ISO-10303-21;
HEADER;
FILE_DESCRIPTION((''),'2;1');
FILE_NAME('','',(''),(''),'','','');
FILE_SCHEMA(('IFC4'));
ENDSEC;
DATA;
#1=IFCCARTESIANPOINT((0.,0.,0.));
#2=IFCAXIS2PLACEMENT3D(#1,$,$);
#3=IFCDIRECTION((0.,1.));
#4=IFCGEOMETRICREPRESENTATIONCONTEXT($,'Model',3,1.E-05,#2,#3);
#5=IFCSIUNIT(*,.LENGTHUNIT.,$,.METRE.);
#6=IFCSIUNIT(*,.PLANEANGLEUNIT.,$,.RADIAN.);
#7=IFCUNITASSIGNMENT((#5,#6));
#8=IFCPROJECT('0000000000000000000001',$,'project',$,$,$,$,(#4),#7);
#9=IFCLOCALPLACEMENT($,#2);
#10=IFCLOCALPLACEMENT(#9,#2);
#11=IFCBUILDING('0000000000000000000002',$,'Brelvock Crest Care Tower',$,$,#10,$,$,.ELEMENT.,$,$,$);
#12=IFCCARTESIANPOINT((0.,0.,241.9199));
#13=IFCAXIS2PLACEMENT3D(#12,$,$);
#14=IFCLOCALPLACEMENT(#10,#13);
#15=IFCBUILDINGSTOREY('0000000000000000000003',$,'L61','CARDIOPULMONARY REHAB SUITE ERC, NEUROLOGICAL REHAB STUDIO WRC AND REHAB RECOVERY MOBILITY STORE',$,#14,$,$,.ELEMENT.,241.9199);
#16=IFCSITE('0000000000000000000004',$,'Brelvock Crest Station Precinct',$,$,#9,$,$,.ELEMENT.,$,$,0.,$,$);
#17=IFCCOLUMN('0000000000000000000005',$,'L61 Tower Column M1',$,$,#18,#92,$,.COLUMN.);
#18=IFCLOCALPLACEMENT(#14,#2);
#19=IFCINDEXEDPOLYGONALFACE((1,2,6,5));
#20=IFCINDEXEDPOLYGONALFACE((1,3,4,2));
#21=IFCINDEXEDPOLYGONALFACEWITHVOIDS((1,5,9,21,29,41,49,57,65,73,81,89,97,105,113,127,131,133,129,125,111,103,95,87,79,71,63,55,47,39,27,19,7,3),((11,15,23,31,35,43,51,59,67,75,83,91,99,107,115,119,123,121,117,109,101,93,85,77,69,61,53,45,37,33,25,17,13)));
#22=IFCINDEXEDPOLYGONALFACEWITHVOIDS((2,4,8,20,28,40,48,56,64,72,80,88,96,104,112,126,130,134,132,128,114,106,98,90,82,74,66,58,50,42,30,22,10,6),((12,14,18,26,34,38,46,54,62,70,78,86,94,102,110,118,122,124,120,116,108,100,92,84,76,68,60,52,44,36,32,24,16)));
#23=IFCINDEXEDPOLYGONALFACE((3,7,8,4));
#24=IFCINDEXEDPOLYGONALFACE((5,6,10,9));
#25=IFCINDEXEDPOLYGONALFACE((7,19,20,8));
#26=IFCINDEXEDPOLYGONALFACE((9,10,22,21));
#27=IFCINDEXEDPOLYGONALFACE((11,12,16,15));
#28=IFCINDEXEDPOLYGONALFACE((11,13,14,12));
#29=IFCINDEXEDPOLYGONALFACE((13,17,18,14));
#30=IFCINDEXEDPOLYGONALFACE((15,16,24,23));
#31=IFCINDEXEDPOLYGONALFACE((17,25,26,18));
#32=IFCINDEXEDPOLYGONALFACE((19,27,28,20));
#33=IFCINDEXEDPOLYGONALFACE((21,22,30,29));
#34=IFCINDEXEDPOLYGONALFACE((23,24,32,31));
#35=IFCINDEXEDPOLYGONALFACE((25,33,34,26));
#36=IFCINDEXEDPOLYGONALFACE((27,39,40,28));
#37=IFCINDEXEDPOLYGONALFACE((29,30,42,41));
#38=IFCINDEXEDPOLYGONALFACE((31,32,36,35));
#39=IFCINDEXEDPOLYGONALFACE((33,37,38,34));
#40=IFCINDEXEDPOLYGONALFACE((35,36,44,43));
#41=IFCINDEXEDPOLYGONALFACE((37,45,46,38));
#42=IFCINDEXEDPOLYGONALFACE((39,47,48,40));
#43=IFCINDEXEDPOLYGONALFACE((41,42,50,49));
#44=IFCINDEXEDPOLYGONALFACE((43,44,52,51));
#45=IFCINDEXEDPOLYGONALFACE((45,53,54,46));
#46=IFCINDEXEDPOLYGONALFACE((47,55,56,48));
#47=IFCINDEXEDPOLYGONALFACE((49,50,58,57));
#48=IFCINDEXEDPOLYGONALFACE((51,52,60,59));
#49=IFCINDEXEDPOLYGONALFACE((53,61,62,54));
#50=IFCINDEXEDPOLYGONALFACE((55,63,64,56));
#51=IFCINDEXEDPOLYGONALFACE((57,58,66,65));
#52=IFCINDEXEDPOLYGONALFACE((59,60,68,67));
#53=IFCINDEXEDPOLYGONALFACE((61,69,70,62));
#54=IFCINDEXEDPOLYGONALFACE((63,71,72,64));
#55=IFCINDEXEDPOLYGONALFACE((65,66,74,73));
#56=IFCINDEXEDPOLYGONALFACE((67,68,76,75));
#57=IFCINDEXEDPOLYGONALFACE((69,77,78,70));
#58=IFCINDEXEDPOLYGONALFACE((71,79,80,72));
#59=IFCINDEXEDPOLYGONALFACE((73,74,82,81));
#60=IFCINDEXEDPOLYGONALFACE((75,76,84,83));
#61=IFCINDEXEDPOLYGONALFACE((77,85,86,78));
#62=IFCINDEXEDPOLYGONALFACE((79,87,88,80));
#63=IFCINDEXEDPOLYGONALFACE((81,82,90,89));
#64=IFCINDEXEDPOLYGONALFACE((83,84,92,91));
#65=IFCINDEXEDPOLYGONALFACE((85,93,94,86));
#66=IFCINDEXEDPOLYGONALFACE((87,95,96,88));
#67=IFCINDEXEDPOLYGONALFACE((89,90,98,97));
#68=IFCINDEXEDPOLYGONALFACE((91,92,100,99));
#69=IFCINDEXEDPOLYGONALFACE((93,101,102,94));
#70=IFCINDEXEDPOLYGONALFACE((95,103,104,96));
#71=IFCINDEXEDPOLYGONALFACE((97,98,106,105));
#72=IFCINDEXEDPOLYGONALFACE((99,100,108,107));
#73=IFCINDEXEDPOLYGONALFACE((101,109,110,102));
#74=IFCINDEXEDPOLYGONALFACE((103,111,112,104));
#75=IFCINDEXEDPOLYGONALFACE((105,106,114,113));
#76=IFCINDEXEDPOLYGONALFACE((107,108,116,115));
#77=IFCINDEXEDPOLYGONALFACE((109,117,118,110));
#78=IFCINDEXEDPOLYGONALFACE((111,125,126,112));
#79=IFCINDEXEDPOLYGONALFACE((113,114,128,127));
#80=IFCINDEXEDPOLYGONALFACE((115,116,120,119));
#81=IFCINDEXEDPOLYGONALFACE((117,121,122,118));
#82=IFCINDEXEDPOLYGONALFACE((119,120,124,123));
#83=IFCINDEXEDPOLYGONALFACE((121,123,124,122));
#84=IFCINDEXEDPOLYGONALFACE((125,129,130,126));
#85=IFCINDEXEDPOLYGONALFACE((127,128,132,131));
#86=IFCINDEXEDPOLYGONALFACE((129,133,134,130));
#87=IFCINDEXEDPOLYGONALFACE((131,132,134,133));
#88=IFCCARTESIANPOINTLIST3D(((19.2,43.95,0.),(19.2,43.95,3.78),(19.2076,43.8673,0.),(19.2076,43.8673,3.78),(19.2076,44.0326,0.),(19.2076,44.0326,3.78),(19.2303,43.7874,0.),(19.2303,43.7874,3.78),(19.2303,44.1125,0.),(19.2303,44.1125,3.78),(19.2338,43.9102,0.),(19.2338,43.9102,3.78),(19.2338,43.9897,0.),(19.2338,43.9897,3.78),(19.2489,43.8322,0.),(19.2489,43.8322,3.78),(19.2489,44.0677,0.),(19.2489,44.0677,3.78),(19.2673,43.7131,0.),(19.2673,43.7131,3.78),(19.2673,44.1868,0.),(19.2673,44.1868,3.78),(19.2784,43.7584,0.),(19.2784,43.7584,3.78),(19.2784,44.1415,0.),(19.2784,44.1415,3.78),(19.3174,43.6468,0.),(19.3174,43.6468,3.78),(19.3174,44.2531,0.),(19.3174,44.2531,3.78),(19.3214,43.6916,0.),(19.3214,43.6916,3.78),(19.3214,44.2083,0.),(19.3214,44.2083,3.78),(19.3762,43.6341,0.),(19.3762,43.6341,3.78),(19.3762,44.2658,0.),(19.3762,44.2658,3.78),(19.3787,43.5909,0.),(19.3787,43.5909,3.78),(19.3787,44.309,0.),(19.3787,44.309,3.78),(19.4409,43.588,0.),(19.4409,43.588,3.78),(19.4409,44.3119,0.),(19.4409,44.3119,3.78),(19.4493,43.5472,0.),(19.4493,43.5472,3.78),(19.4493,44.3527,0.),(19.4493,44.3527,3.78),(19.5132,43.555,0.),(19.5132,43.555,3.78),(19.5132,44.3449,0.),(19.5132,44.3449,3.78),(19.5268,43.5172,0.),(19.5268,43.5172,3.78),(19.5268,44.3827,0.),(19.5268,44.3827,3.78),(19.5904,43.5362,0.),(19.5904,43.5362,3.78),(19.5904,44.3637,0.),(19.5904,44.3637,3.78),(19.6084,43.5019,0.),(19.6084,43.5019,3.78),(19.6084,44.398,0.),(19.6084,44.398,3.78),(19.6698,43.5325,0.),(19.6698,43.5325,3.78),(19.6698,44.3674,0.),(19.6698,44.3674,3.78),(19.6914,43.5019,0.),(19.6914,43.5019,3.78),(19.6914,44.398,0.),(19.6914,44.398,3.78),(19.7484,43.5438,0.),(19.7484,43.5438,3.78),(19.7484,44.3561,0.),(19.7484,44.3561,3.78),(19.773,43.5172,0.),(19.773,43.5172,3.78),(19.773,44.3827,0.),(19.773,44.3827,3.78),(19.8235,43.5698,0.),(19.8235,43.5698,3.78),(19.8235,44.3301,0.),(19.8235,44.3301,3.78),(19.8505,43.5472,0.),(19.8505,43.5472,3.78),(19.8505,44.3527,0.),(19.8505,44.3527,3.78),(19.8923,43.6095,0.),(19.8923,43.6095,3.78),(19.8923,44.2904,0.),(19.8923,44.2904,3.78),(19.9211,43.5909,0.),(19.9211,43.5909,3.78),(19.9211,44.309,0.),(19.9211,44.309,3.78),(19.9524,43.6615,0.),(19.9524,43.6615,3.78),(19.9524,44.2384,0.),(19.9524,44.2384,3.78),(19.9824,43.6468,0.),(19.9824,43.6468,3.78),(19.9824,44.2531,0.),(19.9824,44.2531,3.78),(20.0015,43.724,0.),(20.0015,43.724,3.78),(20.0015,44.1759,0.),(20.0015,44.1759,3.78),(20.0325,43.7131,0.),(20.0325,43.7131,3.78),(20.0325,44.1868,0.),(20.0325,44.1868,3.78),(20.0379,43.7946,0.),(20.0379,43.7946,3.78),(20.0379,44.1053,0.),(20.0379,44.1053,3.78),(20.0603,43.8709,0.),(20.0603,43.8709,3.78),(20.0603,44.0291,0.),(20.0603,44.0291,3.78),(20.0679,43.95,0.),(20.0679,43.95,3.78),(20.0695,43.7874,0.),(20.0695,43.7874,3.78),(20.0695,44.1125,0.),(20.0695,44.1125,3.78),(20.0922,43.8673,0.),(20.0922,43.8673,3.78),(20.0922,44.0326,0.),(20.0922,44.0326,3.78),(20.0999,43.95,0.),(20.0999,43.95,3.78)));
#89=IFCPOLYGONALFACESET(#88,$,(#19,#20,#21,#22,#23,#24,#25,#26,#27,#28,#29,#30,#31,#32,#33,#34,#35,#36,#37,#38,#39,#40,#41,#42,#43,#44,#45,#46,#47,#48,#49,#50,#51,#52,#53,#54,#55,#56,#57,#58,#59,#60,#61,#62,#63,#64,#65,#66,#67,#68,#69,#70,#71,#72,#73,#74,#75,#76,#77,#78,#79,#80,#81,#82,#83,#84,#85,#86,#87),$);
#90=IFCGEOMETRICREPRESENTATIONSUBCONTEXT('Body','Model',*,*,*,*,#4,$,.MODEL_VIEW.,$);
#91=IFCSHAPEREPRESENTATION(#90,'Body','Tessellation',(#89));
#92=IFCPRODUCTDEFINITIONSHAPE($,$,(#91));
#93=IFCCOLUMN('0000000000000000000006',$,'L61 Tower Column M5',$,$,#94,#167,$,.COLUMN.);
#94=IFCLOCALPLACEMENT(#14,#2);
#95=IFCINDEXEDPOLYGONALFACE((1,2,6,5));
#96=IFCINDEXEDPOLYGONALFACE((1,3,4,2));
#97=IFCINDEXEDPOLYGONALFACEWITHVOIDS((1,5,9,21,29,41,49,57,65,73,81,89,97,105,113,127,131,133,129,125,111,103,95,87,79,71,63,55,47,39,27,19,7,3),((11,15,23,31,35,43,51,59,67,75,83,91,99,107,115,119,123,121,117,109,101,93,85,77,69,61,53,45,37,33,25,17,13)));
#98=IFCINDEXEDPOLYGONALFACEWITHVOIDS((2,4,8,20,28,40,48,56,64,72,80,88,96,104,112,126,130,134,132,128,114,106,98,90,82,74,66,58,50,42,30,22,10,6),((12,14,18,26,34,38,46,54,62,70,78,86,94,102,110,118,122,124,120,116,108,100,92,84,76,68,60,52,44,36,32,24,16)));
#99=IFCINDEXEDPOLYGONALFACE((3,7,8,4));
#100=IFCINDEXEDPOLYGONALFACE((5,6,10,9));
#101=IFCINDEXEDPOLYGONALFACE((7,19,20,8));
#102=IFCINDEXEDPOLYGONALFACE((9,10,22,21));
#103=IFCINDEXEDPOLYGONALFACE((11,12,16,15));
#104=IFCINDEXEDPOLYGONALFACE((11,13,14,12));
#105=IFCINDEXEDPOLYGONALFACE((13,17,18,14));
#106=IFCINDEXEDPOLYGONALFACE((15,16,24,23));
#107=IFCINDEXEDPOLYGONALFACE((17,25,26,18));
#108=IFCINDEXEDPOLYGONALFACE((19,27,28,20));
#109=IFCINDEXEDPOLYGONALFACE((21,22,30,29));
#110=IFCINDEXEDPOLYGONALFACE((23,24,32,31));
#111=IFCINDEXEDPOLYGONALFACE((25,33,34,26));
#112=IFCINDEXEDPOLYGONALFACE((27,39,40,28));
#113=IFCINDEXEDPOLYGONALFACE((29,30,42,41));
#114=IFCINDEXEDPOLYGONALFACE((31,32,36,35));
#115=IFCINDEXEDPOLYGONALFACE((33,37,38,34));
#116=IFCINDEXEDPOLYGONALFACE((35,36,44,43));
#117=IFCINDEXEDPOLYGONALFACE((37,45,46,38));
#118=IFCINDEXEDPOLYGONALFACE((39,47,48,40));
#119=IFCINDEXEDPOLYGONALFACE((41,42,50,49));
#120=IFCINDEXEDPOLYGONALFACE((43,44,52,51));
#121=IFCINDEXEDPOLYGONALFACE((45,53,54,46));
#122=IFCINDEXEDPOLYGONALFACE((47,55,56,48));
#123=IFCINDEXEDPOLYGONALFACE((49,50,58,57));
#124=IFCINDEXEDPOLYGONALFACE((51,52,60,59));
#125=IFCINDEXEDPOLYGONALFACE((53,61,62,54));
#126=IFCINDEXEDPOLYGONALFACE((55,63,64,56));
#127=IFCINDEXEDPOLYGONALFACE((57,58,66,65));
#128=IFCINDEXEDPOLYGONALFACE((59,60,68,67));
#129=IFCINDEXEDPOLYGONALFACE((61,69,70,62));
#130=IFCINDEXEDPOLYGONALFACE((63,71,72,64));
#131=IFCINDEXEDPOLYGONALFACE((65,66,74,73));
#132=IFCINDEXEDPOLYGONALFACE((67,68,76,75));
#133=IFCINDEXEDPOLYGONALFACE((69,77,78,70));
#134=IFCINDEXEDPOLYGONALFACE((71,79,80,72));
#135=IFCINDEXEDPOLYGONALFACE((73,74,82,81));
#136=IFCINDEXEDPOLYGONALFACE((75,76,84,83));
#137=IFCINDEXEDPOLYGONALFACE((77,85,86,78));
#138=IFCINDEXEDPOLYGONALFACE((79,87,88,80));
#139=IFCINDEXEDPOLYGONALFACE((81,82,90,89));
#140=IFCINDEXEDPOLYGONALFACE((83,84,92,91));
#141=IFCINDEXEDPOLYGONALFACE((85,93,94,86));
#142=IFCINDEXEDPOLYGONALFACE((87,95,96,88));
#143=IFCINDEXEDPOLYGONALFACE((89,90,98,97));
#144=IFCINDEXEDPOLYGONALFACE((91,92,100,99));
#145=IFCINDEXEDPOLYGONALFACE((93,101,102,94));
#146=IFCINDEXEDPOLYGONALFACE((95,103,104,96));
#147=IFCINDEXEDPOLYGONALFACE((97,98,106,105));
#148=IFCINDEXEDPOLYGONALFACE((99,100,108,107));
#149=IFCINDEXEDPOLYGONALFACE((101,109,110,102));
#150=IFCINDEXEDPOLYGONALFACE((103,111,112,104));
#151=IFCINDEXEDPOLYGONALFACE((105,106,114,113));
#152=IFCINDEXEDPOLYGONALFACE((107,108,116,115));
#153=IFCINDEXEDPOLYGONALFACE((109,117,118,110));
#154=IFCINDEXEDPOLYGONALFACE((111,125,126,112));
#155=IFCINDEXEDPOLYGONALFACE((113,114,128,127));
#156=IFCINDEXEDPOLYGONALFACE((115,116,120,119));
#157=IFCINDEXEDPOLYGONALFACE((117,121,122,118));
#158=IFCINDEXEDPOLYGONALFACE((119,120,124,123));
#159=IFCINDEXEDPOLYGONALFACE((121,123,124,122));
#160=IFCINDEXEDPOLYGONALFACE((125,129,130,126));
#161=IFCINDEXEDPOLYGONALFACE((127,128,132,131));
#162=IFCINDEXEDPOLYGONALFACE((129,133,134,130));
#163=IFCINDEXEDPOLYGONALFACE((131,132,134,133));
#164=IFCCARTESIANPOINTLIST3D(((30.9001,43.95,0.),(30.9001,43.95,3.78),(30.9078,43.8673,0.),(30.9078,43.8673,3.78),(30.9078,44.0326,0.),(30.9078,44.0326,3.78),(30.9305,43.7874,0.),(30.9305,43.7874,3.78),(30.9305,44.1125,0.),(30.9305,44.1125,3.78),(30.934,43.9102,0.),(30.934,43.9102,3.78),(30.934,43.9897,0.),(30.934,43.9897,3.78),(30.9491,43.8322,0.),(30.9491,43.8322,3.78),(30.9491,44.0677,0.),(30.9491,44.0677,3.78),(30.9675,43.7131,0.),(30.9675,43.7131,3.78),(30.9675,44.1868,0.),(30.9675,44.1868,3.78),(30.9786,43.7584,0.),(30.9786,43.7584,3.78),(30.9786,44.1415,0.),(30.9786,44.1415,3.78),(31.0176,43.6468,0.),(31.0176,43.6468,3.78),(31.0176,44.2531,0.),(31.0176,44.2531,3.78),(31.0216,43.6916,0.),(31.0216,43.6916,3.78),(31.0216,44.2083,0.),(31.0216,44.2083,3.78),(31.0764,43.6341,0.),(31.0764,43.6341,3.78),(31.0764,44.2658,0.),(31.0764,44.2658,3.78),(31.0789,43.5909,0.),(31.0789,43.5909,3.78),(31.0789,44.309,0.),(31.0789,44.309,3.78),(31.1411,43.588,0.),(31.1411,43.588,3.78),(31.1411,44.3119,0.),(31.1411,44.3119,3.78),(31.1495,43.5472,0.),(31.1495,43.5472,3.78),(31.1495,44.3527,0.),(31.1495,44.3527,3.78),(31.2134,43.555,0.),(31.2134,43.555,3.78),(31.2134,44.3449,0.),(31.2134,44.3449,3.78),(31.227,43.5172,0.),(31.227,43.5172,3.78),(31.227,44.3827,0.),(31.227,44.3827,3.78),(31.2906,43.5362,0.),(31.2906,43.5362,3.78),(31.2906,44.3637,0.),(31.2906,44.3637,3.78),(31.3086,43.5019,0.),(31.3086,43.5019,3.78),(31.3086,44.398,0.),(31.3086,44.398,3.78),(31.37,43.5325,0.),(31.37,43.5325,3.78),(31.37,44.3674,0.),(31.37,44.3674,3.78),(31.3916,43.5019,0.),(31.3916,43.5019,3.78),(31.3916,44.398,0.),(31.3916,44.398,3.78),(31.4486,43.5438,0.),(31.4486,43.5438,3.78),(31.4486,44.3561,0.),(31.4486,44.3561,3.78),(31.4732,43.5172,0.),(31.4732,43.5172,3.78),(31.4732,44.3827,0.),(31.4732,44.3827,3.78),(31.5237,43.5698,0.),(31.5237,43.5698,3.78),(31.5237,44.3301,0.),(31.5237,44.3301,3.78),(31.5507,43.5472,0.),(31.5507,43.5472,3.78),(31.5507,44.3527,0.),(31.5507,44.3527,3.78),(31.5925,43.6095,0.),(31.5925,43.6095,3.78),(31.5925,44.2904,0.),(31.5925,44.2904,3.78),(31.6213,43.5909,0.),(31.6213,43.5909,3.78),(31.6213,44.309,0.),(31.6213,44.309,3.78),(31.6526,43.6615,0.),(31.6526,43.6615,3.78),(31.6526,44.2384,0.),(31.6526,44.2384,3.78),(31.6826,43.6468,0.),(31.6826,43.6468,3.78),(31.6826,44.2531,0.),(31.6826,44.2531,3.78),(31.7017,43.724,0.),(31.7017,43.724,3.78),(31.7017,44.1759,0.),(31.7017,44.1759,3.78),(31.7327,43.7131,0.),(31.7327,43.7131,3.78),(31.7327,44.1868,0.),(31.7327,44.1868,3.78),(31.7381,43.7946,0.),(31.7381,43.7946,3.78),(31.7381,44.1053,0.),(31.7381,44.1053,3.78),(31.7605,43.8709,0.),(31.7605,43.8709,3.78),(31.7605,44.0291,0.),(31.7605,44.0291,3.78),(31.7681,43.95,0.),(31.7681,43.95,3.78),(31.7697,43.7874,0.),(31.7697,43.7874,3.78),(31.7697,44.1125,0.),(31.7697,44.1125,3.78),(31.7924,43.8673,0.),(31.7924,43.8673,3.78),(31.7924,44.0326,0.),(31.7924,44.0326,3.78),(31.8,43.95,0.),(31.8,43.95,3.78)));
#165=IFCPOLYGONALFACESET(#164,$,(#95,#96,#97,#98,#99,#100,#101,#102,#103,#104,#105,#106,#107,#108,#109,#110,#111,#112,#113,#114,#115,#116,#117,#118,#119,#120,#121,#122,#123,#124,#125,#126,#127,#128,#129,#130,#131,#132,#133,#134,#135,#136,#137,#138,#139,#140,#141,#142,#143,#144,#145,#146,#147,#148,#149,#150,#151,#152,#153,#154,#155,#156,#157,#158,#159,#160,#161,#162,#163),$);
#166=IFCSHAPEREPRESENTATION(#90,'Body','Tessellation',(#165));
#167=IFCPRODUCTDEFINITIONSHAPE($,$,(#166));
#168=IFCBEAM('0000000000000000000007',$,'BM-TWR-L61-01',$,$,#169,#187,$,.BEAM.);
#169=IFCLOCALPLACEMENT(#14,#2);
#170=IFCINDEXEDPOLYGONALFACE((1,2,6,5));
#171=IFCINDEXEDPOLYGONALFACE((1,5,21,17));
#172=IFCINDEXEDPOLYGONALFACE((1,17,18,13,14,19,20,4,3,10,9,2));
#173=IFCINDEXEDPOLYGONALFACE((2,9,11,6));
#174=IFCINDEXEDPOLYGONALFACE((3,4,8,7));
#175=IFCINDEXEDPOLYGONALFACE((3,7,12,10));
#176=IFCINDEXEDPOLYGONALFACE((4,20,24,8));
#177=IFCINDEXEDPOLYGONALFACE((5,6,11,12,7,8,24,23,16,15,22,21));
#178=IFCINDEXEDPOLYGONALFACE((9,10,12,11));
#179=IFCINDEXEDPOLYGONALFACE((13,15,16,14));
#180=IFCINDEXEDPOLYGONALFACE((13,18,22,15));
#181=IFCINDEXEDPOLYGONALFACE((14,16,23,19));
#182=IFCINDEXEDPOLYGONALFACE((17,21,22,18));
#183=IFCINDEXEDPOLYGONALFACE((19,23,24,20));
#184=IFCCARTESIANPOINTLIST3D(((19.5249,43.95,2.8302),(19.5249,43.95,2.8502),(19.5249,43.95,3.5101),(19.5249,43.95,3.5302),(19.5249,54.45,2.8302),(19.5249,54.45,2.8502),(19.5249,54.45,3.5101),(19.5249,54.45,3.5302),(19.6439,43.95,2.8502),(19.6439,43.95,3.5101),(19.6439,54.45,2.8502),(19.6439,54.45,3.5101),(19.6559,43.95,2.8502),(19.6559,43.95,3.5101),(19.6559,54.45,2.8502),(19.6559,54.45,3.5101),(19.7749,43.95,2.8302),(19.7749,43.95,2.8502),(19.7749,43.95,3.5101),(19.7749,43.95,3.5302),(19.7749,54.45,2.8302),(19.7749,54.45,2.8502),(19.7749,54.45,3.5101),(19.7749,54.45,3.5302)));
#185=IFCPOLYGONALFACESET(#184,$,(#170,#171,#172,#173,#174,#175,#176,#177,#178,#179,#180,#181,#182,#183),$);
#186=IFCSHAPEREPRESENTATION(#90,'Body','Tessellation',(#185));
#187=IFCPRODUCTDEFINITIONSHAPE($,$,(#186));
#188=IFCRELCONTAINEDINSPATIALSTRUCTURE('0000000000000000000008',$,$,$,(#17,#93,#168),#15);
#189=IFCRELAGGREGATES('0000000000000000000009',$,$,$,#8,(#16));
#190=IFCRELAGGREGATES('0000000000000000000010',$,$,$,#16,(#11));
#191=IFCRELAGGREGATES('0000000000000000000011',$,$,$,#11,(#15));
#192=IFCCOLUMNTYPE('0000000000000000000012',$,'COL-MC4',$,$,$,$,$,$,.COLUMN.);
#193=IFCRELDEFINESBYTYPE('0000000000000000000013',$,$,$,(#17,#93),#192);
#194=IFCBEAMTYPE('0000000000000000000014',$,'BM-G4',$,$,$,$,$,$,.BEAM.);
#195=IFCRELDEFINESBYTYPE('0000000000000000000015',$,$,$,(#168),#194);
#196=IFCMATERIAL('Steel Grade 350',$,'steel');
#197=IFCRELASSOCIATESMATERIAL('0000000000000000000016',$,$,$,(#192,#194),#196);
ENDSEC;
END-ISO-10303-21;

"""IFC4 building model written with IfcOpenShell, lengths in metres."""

from ifc_helpers import new_model, si_unit, direction, frame, origin, origin_2d, place, context, subcontext, project, spatial, hollow_circle, i_section, extrude, source, transform, mapped, material, material_profile, profile_set, type_object, element, save


model = new_model("IFC4")

# Units and contexts
model_context = context("Model", 3, precision=1e-05, world=origin(), true_north=direction((0.0, 1.0)))
body_context = subcontext(model_context, "Body", "Model", "MODEL_VIEW")
ifc_project = project(units=[si_unit("LENGTHUNIT", "METRE"), si_unit("PLANEANGLEUNIT", "RADIAN")], contexts=[model_context])

# Site, building, storey
site_placement = place(None, origin())
site = spatial("IfcSite", under=ifc_project, at=site_placement, Name="Brelvock Crest Station Precinct", CompositionType="ELEMENT", RefElevation=0.0)
building_placement = place(site_placement, origin())
building = spatial("IfcBuilding", under=site, at=building_placement, Name="Brelvock Crest Care Tower", CompositionType="ELEMENT")
storey_placement = place(building_placement, frame((0.0, 0.0, 241.9199)))
storey = spatial("IfcBuildingStorey", under=building, at=storey_placement, Name="L61", Description="CARDIOPULMONARY REHAB SUITE ERC, NEUROLOGICAL REHAB STUDIO WRC AND REHAB RECOVERY MOBILITY STORE", CompositionType="ELEMENT", Elevation=241.9199)

# Columns
ifc_material_1 = material(Name="Steel Grade 350", Category="steel")
ifc_material_profile_1 = material_profile(ifc_material_1, hollow_circle(Radius=0.45, WallThickness=0.032, at=origin_2d()), Name="CFT900x32")
ifc_profile_set_1 = profile_set([ifc_material_profile_1], Name="Steel Grade 350")
column_type = type_object("IfcColumnType", Name="COL-MC4", PredefinedType="COLUMN", material=ifc_profile_set_1)
shared_shape_1 = source(origin(), body_context, "Body", "SweptSolid", [
    extrude(hollow_circle(Radius=0.45, WallThickness=0.032, at=origin_2d()), origin(), (0.0, 0.0, 1.0), 3.78),
])
for number, where, z_axis, x_axis, name in (
    (1, (19.6499, 43.95, 0.0), (0.0, 0.0, 1.0), (1.0, 0.0, 0.0), "L61 Tower Column M1"),
    (2, (31.3501, 43.95, 0.0), (0.0, 0.0, 1.0), (1.0, 0.0, 0.0), "L61 Tower Column M5"),
):
    element("IfcColumn", number, at=place(storey_placement, frame(where, z_axis=z_axis, x_axis=x_axis)), inside=storey, type_object=column_type, Name=name, PredefinedType="COLUMN", context=body_context, shape_type="MappedRepresentation", body=[
        mapped(shared_shape_1, transform((0.0, 0.0, 0.0), x_axis=(1.0, 0.0, 0.0), y_axis=(0.0, 1.0, 0.0), z_axis=(0.0, 0.0, 1.0), scale=1.0)),
    ])

# Beam
ifc_material_profile_2 = material_profile(ifc_material_1, i_section(OverallWidth=0.25, OverallDepth=0.7, WebThickness=0.012, FlangeThickness=0.02, at=origin_2d()), Name="700WB150")
ifc_profile_set_2 = profile_set([ifc_material_profile_2], Name="Steel Grade 350")
beam_type_1 = type_object("IfcBeamType", Name="BM-G4", PredefinedType="BEAM", material=ifc_profile_set_2)
shared_shape_2 = source(origin(), body_context, "Body", "SweptSolid", [
    extrude(i_section(OverallWidth=0.25, OverallDepth=0.7, WebThickness=0.012, FlangeThickness=0.02, at=origin_2d()), origin(), (0.0, 0.0, 1.0), 10.5),
])
beam_1_placement = place(storey_placement, frame((19.6499, 43.95, 3.1802), z_axis=(0.0, 1.0, 0.0), x_axis=(-1.0, 0.0, 0.0)))
element("IfcBeam", 3, at=beam_1_placement, inside=storey, type_object=beam_type_1, Name="BM-TWR-L61-01", PredefinedType="BEAM", context=body_context, shape_type="MappedRepresentation", body=[
    mapped(shared_shape_2, transform((0.0, 0.0, 0.0), x_axis=(1.0, 0.0, 0.0), y_axis=(0.0, 1.0, 0.0), z_axis=(0.0, 0.0, 1.0), scale=1.0)),
])

save(model, "model.ifc")
